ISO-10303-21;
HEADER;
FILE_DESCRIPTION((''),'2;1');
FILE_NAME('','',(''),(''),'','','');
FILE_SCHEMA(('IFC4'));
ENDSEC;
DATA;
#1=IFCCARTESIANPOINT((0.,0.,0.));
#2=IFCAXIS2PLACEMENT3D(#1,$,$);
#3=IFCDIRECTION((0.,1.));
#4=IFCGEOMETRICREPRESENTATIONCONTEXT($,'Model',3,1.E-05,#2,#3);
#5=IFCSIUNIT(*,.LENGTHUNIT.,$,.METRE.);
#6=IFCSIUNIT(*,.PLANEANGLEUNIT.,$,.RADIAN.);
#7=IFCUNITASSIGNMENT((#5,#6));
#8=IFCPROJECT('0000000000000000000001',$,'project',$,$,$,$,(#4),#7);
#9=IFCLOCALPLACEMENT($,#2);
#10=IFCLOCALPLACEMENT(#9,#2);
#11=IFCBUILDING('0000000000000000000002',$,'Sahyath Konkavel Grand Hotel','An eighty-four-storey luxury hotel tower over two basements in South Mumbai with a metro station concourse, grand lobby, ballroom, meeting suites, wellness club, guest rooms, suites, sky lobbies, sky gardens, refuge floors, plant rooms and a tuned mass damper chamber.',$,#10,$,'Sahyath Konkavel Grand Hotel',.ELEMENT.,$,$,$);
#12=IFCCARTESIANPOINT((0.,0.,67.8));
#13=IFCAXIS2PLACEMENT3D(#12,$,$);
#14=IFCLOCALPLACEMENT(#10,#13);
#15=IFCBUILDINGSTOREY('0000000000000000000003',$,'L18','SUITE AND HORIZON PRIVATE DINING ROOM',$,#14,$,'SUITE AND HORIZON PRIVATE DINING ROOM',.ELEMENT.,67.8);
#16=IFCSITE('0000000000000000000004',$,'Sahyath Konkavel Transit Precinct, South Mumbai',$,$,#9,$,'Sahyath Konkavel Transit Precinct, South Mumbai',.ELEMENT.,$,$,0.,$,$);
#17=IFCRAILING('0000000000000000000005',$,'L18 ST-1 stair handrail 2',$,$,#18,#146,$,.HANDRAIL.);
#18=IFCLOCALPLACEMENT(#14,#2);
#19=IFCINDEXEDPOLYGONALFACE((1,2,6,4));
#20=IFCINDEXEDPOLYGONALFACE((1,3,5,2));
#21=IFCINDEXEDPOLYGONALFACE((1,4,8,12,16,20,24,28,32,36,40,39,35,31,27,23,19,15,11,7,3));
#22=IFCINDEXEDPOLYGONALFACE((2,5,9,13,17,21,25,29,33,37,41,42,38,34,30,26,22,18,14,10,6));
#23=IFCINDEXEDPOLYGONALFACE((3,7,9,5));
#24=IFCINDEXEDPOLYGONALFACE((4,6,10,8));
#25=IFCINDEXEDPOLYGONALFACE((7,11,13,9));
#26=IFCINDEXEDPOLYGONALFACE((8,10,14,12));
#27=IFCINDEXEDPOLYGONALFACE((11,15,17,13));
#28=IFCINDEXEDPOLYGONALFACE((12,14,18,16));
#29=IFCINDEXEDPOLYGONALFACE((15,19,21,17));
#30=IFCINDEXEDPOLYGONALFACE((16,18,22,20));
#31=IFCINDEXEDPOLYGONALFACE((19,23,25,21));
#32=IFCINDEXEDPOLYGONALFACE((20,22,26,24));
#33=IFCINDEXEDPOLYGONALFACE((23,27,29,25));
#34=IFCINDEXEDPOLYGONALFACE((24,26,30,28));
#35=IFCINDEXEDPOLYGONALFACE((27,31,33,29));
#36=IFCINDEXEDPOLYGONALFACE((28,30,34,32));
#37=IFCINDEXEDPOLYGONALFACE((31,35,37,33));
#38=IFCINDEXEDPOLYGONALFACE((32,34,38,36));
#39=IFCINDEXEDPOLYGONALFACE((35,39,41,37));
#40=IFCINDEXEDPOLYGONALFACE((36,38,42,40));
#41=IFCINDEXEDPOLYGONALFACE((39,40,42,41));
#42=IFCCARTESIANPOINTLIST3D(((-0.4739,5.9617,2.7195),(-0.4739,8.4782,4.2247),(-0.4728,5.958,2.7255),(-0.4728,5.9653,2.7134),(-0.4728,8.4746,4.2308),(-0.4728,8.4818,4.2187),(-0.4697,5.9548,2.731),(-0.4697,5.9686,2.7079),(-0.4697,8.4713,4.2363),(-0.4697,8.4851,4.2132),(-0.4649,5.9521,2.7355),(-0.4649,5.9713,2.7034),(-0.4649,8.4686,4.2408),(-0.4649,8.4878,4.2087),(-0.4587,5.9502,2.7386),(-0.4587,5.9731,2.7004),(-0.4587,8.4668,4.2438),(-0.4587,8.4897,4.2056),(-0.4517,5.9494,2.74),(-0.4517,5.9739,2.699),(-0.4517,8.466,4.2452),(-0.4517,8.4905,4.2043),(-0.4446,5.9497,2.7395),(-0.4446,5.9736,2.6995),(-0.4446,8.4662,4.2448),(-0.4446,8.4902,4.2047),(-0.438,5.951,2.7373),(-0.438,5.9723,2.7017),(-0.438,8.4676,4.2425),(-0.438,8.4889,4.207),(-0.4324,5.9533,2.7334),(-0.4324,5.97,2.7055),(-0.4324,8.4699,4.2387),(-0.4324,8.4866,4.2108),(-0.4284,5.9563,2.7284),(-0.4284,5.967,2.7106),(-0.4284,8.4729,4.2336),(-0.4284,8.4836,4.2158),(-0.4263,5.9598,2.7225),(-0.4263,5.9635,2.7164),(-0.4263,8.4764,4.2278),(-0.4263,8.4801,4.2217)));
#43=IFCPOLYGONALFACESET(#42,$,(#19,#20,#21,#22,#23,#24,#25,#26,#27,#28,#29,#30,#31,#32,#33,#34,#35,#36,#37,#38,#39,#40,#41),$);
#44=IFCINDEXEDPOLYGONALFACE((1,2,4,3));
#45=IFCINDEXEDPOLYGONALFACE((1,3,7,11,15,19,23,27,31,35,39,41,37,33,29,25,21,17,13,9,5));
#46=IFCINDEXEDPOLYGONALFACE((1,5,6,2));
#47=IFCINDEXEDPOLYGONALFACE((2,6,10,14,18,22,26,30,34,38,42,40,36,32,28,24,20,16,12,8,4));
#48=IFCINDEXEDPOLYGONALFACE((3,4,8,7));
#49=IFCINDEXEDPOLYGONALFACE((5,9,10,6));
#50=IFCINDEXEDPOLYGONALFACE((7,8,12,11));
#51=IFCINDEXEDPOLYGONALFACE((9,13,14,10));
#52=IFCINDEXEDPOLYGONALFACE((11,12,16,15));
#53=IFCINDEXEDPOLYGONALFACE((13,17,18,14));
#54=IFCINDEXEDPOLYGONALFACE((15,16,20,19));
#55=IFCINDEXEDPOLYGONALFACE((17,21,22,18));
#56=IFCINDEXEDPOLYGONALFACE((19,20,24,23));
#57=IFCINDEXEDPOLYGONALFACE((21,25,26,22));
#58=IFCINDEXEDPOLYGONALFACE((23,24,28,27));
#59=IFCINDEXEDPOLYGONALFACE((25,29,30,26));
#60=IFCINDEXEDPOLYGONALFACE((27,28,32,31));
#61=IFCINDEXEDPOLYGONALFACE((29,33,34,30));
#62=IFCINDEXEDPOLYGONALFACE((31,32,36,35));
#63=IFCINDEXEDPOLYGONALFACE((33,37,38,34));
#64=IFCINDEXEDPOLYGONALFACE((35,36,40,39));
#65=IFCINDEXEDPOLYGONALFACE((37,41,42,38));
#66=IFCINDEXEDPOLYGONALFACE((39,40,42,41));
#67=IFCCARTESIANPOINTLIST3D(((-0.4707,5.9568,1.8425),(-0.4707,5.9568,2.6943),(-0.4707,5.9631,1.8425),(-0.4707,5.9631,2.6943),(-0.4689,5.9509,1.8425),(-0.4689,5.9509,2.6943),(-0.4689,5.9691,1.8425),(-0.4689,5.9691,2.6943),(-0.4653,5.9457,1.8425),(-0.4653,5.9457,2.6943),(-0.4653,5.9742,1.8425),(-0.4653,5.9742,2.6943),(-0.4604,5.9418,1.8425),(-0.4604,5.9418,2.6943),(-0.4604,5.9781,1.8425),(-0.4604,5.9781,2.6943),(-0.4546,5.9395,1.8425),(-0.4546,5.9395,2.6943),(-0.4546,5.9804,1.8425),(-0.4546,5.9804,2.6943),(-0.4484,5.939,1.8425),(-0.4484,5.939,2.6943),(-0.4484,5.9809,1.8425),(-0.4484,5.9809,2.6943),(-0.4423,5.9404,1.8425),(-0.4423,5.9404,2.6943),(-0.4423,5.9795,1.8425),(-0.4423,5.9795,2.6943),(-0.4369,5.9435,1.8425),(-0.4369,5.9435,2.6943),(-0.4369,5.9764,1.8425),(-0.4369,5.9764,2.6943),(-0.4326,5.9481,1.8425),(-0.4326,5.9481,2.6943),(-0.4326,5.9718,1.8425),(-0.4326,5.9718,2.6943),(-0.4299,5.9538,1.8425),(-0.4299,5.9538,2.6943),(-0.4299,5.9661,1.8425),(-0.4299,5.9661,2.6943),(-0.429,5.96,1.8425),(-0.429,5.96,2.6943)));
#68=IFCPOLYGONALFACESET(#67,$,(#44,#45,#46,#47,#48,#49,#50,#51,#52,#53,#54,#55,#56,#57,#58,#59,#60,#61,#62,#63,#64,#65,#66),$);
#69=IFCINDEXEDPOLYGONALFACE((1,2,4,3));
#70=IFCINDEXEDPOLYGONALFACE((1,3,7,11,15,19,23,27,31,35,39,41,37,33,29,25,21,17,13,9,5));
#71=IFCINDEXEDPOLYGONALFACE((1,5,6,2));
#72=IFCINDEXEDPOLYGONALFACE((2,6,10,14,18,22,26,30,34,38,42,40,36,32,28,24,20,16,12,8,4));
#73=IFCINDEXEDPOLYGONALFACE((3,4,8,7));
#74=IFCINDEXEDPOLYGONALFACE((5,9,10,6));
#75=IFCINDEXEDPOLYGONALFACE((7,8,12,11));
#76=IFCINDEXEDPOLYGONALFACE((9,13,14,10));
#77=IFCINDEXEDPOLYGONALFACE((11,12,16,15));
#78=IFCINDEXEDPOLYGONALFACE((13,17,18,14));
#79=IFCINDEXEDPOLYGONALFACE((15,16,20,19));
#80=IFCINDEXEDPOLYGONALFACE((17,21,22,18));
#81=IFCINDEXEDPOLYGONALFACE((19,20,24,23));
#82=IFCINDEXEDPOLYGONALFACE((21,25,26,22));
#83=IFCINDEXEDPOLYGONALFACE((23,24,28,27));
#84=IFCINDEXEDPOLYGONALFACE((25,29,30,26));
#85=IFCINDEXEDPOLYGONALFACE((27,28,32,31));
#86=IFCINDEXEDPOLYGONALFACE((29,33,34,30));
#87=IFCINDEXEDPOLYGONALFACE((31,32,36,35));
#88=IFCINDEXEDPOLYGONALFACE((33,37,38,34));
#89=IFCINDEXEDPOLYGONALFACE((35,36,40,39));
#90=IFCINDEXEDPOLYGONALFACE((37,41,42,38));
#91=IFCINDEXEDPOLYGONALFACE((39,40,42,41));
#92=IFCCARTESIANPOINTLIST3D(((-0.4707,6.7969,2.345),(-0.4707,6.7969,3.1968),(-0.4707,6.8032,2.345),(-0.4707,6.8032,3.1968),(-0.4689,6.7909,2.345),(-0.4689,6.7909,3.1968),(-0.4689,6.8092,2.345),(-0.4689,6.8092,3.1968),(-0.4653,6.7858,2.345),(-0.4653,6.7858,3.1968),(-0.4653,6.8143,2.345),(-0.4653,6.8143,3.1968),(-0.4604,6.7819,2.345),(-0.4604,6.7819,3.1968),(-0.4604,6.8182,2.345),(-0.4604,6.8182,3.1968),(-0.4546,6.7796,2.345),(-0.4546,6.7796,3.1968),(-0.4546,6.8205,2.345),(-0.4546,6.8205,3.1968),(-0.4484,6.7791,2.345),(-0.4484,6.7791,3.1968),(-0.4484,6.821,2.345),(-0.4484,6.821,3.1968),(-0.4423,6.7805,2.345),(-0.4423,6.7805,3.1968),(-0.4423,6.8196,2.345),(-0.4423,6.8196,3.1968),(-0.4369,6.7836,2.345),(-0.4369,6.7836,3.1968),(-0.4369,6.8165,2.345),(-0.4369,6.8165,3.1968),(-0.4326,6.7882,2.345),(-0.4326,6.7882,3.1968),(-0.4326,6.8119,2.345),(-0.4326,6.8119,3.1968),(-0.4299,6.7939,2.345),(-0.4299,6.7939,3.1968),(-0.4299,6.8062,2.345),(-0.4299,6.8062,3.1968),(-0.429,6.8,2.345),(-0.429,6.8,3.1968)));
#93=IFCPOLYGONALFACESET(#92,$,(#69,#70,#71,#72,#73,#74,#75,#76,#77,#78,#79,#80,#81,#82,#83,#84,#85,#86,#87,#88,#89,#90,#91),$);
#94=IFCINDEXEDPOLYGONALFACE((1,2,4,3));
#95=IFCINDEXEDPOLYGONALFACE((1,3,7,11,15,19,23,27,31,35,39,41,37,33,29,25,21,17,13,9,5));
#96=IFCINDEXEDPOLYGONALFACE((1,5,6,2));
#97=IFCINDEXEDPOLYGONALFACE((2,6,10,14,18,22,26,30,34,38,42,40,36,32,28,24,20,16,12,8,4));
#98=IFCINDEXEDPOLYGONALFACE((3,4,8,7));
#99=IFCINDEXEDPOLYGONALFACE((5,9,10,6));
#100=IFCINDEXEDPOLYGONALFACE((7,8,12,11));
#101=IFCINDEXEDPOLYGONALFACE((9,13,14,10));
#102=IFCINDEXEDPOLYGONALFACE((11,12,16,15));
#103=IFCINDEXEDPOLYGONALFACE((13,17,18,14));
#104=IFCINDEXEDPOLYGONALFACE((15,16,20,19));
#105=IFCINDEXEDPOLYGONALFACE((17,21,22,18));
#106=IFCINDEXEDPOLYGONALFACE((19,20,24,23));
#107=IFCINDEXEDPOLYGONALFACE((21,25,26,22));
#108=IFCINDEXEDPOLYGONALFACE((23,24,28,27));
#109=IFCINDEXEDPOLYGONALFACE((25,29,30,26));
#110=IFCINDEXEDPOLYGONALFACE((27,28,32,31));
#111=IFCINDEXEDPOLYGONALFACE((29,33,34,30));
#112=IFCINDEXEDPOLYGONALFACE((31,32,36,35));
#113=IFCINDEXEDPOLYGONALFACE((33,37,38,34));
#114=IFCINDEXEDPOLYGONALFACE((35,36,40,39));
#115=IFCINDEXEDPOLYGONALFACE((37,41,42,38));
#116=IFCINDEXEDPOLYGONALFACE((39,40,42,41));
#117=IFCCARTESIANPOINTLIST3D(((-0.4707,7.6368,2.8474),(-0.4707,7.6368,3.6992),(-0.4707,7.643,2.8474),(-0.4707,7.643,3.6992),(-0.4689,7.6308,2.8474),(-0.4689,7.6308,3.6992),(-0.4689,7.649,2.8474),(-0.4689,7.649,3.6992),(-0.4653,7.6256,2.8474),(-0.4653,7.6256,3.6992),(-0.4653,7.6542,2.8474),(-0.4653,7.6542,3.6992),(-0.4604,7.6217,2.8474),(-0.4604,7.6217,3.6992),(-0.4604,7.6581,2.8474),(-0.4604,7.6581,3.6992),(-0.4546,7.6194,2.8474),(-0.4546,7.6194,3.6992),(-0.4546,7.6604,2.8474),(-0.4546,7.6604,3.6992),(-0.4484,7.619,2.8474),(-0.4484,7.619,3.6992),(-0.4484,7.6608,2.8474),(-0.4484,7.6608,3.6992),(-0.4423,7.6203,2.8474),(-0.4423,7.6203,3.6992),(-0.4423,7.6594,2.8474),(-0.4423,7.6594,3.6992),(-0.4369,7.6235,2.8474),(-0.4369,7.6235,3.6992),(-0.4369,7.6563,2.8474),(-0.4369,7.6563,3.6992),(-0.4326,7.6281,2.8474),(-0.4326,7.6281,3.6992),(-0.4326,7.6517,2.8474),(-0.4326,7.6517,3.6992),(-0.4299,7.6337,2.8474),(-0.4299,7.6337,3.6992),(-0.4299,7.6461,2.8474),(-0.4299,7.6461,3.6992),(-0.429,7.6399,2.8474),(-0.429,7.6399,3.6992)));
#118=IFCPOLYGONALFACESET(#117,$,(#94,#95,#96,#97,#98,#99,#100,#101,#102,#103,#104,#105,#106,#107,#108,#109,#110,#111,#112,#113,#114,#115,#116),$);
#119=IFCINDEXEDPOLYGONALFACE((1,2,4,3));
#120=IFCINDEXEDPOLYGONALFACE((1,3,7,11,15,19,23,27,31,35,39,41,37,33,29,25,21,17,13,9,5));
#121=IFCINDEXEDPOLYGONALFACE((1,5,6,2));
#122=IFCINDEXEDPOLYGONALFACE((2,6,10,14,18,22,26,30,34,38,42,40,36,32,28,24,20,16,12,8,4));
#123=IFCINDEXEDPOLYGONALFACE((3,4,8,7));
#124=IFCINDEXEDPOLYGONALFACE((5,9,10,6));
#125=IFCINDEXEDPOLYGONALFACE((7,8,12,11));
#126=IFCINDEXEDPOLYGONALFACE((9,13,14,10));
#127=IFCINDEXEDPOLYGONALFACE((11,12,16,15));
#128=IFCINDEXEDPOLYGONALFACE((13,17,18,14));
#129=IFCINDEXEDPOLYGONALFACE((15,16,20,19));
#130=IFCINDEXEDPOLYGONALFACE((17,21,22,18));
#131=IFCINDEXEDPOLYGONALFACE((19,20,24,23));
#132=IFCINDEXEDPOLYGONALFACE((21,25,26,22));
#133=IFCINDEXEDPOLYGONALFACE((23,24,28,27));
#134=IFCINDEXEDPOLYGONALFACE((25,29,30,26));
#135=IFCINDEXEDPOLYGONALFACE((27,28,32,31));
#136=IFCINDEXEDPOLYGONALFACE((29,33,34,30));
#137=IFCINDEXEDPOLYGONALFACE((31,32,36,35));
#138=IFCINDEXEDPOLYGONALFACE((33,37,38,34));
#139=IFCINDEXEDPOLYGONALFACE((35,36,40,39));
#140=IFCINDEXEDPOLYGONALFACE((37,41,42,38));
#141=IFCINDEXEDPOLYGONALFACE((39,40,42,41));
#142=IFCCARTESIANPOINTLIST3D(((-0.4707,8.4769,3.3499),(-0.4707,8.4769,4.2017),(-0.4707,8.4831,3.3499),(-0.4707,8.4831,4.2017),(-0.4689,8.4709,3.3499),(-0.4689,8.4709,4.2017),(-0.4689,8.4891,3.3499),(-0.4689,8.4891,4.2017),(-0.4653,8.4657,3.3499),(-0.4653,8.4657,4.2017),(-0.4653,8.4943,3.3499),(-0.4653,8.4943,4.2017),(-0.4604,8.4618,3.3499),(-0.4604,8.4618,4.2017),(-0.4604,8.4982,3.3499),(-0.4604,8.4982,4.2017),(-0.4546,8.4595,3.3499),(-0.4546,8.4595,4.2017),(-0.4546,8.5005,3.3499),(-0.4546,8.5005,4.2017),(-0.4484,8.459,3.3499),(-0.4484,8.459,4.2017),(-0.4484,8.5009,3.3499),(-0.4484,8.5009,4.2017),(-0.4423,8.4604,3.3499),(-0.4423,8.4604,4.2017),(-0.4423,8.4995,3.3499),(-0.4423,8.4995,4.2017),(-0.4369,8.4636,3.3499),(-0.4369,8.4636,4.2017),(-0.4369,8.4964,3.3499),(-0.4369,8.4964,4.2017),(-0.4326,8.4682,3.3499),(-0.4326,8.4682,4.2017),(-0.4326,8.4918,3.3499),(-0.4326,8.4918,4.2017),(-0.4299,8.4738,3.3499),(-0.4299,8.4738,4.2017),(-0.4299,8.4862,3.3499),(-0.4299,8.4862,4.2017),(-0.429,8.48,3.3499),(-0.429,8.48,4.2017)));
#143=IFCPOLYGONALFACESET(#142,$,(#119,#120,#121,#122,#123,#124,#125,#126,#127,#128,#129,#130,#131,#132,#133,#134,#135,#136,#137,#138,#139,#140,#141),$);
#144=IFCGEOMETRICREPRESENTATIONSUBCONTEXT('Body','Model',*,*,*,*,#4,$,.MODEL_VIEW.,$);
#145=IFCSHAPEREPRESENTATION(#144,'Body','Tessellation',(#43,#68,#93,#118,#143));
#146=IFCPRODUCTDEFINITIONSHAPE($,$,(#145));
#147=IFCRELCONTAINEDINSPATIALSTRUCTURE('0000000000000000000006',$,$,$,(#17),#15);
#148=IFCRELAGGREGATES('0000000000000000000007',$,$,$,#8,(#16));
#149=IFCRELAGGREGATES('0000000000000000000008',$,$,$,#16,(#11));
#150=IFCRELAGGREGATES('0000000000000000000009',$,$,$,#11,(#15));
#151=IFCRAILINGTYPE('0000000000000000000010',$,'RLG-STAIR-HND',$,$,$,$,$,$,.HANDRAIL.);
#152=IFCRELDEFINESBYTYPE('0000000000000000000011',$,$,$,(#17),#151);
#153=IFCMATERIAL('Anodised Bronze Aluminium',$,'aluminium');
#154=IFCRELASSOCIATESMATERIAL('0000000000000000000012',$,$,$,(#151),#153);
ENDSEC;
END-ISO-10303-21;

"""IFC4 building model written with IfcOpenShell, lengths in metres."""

from ifc_helpers import new_model, si_unit, direction, frame, origin, origin_2d, place, context, subcontext, project, spatial, circle, extrude, material, type_object, element, save


model = new_model("IFC4")

# Units and contexts
model_context = context("Model", 3, precision=1e-05, world=origin(), true_north=direction((0.0, 1.0)))
body_context = subcontext(model_context, "Body", "Model", "MODEL_VIEW")
ifc_project = project(units=[si_unit("LENGTHUNIT", "METRE"), si_unit("PLANEANGLEUNIT", "RADIAN")], contexts=[model_context])

# Site, building, storey
site_placement = place(None, origin())
site = spatial("IfcSite", under=ifc_project, at=site_placement, Name="Sahyath Konkavel Transit Precinct, South Mumbai", LongName="Sahyath Konkavel Transit Precinct, South Mumbai", CompositionType="ELEMENT", RefElevation=0.0)
building_placement = place(site_placement, origin())
building = spatial("IfcBuilding", under=site, at=building_placement, Name="Sahyath Konkavel Grand Hotel", Description="An eighty-four-storey luxury hotel tower over two basements in South Mumbai with a metro station concourse, grand lobby, ballroom, meeting suites, wellness club, guest rooms, suites, sky lobbies, sky gardens, refuge floors, plant rooms and a tuned mass damper chamber.", LongName="Sahyath Konkavel Grand Hotel", CompositionType="ELEMENT")
storey_placement = place(building_placement, frame((0.0, 0.0, 67.8)))
storey = spatial("IfcBuildingStorey", under=building, at=storey_placement, Name="L18", Description="SUITE AND HORIZON PRIVATE DINING ROOM", LongName="SUITE AND HORIZON PRIVATE DINING ROOM", CompositionType="ELEMENT", Elevation=67.8)

# Railing
ifc_material_1 = material(Name="Anodised Bronze Aluminium", Category="aluminium")
railing_type = type_object("IfcRailingType", Name="RLG-STAIR-HND", PredefinedType="HANDRAIL", material=ifc_material_1)
railing_placement = place(storey_placement, frame((-0.45, 5.96, 1.8425)))
element("IfcRailing", 1, at=railing_placement, inside=storey, type_object=railing_type, Name="L18 ST-1 stair handrail 2", PredefinedType="HANDRAIL", context=body_context, shape_type="SweptSolid", body=[
    extrude(circle(Radius=0.0239, at=origin_2d()), frame((0.0, 0.0017, 0.877), z_axis=(0.0, 0.858196, 0.513321), x_axis=(-1.0, 0.0, 0.0)), (0.0, 0.0, 1.0), 2.9324),
    extrude(circle(Radius=0.021, at=origin_2d()), origin(), (0.0, 0.0, 1.0), 0.8518),
    extrude(circle(Radius=0.021, at=origin_2d()), frame((0.0, 0.8401, 0.5024)), (0.0, 0.0, 1.0), 0.8518),
    extrude(circle(Radius=0.021, at=origin_2d()), frame((0.0, 1.6799, 1.0049)), (0.0, 0.0, 1.0), 0.8518),
    extrude(circle(Radius=0.021, at=origin_2d()), frame((0.0, 2.52, 1.5073)), (0.0, 0.0, 1.0), 0.8518),
])

save(model, "model.ifc")
